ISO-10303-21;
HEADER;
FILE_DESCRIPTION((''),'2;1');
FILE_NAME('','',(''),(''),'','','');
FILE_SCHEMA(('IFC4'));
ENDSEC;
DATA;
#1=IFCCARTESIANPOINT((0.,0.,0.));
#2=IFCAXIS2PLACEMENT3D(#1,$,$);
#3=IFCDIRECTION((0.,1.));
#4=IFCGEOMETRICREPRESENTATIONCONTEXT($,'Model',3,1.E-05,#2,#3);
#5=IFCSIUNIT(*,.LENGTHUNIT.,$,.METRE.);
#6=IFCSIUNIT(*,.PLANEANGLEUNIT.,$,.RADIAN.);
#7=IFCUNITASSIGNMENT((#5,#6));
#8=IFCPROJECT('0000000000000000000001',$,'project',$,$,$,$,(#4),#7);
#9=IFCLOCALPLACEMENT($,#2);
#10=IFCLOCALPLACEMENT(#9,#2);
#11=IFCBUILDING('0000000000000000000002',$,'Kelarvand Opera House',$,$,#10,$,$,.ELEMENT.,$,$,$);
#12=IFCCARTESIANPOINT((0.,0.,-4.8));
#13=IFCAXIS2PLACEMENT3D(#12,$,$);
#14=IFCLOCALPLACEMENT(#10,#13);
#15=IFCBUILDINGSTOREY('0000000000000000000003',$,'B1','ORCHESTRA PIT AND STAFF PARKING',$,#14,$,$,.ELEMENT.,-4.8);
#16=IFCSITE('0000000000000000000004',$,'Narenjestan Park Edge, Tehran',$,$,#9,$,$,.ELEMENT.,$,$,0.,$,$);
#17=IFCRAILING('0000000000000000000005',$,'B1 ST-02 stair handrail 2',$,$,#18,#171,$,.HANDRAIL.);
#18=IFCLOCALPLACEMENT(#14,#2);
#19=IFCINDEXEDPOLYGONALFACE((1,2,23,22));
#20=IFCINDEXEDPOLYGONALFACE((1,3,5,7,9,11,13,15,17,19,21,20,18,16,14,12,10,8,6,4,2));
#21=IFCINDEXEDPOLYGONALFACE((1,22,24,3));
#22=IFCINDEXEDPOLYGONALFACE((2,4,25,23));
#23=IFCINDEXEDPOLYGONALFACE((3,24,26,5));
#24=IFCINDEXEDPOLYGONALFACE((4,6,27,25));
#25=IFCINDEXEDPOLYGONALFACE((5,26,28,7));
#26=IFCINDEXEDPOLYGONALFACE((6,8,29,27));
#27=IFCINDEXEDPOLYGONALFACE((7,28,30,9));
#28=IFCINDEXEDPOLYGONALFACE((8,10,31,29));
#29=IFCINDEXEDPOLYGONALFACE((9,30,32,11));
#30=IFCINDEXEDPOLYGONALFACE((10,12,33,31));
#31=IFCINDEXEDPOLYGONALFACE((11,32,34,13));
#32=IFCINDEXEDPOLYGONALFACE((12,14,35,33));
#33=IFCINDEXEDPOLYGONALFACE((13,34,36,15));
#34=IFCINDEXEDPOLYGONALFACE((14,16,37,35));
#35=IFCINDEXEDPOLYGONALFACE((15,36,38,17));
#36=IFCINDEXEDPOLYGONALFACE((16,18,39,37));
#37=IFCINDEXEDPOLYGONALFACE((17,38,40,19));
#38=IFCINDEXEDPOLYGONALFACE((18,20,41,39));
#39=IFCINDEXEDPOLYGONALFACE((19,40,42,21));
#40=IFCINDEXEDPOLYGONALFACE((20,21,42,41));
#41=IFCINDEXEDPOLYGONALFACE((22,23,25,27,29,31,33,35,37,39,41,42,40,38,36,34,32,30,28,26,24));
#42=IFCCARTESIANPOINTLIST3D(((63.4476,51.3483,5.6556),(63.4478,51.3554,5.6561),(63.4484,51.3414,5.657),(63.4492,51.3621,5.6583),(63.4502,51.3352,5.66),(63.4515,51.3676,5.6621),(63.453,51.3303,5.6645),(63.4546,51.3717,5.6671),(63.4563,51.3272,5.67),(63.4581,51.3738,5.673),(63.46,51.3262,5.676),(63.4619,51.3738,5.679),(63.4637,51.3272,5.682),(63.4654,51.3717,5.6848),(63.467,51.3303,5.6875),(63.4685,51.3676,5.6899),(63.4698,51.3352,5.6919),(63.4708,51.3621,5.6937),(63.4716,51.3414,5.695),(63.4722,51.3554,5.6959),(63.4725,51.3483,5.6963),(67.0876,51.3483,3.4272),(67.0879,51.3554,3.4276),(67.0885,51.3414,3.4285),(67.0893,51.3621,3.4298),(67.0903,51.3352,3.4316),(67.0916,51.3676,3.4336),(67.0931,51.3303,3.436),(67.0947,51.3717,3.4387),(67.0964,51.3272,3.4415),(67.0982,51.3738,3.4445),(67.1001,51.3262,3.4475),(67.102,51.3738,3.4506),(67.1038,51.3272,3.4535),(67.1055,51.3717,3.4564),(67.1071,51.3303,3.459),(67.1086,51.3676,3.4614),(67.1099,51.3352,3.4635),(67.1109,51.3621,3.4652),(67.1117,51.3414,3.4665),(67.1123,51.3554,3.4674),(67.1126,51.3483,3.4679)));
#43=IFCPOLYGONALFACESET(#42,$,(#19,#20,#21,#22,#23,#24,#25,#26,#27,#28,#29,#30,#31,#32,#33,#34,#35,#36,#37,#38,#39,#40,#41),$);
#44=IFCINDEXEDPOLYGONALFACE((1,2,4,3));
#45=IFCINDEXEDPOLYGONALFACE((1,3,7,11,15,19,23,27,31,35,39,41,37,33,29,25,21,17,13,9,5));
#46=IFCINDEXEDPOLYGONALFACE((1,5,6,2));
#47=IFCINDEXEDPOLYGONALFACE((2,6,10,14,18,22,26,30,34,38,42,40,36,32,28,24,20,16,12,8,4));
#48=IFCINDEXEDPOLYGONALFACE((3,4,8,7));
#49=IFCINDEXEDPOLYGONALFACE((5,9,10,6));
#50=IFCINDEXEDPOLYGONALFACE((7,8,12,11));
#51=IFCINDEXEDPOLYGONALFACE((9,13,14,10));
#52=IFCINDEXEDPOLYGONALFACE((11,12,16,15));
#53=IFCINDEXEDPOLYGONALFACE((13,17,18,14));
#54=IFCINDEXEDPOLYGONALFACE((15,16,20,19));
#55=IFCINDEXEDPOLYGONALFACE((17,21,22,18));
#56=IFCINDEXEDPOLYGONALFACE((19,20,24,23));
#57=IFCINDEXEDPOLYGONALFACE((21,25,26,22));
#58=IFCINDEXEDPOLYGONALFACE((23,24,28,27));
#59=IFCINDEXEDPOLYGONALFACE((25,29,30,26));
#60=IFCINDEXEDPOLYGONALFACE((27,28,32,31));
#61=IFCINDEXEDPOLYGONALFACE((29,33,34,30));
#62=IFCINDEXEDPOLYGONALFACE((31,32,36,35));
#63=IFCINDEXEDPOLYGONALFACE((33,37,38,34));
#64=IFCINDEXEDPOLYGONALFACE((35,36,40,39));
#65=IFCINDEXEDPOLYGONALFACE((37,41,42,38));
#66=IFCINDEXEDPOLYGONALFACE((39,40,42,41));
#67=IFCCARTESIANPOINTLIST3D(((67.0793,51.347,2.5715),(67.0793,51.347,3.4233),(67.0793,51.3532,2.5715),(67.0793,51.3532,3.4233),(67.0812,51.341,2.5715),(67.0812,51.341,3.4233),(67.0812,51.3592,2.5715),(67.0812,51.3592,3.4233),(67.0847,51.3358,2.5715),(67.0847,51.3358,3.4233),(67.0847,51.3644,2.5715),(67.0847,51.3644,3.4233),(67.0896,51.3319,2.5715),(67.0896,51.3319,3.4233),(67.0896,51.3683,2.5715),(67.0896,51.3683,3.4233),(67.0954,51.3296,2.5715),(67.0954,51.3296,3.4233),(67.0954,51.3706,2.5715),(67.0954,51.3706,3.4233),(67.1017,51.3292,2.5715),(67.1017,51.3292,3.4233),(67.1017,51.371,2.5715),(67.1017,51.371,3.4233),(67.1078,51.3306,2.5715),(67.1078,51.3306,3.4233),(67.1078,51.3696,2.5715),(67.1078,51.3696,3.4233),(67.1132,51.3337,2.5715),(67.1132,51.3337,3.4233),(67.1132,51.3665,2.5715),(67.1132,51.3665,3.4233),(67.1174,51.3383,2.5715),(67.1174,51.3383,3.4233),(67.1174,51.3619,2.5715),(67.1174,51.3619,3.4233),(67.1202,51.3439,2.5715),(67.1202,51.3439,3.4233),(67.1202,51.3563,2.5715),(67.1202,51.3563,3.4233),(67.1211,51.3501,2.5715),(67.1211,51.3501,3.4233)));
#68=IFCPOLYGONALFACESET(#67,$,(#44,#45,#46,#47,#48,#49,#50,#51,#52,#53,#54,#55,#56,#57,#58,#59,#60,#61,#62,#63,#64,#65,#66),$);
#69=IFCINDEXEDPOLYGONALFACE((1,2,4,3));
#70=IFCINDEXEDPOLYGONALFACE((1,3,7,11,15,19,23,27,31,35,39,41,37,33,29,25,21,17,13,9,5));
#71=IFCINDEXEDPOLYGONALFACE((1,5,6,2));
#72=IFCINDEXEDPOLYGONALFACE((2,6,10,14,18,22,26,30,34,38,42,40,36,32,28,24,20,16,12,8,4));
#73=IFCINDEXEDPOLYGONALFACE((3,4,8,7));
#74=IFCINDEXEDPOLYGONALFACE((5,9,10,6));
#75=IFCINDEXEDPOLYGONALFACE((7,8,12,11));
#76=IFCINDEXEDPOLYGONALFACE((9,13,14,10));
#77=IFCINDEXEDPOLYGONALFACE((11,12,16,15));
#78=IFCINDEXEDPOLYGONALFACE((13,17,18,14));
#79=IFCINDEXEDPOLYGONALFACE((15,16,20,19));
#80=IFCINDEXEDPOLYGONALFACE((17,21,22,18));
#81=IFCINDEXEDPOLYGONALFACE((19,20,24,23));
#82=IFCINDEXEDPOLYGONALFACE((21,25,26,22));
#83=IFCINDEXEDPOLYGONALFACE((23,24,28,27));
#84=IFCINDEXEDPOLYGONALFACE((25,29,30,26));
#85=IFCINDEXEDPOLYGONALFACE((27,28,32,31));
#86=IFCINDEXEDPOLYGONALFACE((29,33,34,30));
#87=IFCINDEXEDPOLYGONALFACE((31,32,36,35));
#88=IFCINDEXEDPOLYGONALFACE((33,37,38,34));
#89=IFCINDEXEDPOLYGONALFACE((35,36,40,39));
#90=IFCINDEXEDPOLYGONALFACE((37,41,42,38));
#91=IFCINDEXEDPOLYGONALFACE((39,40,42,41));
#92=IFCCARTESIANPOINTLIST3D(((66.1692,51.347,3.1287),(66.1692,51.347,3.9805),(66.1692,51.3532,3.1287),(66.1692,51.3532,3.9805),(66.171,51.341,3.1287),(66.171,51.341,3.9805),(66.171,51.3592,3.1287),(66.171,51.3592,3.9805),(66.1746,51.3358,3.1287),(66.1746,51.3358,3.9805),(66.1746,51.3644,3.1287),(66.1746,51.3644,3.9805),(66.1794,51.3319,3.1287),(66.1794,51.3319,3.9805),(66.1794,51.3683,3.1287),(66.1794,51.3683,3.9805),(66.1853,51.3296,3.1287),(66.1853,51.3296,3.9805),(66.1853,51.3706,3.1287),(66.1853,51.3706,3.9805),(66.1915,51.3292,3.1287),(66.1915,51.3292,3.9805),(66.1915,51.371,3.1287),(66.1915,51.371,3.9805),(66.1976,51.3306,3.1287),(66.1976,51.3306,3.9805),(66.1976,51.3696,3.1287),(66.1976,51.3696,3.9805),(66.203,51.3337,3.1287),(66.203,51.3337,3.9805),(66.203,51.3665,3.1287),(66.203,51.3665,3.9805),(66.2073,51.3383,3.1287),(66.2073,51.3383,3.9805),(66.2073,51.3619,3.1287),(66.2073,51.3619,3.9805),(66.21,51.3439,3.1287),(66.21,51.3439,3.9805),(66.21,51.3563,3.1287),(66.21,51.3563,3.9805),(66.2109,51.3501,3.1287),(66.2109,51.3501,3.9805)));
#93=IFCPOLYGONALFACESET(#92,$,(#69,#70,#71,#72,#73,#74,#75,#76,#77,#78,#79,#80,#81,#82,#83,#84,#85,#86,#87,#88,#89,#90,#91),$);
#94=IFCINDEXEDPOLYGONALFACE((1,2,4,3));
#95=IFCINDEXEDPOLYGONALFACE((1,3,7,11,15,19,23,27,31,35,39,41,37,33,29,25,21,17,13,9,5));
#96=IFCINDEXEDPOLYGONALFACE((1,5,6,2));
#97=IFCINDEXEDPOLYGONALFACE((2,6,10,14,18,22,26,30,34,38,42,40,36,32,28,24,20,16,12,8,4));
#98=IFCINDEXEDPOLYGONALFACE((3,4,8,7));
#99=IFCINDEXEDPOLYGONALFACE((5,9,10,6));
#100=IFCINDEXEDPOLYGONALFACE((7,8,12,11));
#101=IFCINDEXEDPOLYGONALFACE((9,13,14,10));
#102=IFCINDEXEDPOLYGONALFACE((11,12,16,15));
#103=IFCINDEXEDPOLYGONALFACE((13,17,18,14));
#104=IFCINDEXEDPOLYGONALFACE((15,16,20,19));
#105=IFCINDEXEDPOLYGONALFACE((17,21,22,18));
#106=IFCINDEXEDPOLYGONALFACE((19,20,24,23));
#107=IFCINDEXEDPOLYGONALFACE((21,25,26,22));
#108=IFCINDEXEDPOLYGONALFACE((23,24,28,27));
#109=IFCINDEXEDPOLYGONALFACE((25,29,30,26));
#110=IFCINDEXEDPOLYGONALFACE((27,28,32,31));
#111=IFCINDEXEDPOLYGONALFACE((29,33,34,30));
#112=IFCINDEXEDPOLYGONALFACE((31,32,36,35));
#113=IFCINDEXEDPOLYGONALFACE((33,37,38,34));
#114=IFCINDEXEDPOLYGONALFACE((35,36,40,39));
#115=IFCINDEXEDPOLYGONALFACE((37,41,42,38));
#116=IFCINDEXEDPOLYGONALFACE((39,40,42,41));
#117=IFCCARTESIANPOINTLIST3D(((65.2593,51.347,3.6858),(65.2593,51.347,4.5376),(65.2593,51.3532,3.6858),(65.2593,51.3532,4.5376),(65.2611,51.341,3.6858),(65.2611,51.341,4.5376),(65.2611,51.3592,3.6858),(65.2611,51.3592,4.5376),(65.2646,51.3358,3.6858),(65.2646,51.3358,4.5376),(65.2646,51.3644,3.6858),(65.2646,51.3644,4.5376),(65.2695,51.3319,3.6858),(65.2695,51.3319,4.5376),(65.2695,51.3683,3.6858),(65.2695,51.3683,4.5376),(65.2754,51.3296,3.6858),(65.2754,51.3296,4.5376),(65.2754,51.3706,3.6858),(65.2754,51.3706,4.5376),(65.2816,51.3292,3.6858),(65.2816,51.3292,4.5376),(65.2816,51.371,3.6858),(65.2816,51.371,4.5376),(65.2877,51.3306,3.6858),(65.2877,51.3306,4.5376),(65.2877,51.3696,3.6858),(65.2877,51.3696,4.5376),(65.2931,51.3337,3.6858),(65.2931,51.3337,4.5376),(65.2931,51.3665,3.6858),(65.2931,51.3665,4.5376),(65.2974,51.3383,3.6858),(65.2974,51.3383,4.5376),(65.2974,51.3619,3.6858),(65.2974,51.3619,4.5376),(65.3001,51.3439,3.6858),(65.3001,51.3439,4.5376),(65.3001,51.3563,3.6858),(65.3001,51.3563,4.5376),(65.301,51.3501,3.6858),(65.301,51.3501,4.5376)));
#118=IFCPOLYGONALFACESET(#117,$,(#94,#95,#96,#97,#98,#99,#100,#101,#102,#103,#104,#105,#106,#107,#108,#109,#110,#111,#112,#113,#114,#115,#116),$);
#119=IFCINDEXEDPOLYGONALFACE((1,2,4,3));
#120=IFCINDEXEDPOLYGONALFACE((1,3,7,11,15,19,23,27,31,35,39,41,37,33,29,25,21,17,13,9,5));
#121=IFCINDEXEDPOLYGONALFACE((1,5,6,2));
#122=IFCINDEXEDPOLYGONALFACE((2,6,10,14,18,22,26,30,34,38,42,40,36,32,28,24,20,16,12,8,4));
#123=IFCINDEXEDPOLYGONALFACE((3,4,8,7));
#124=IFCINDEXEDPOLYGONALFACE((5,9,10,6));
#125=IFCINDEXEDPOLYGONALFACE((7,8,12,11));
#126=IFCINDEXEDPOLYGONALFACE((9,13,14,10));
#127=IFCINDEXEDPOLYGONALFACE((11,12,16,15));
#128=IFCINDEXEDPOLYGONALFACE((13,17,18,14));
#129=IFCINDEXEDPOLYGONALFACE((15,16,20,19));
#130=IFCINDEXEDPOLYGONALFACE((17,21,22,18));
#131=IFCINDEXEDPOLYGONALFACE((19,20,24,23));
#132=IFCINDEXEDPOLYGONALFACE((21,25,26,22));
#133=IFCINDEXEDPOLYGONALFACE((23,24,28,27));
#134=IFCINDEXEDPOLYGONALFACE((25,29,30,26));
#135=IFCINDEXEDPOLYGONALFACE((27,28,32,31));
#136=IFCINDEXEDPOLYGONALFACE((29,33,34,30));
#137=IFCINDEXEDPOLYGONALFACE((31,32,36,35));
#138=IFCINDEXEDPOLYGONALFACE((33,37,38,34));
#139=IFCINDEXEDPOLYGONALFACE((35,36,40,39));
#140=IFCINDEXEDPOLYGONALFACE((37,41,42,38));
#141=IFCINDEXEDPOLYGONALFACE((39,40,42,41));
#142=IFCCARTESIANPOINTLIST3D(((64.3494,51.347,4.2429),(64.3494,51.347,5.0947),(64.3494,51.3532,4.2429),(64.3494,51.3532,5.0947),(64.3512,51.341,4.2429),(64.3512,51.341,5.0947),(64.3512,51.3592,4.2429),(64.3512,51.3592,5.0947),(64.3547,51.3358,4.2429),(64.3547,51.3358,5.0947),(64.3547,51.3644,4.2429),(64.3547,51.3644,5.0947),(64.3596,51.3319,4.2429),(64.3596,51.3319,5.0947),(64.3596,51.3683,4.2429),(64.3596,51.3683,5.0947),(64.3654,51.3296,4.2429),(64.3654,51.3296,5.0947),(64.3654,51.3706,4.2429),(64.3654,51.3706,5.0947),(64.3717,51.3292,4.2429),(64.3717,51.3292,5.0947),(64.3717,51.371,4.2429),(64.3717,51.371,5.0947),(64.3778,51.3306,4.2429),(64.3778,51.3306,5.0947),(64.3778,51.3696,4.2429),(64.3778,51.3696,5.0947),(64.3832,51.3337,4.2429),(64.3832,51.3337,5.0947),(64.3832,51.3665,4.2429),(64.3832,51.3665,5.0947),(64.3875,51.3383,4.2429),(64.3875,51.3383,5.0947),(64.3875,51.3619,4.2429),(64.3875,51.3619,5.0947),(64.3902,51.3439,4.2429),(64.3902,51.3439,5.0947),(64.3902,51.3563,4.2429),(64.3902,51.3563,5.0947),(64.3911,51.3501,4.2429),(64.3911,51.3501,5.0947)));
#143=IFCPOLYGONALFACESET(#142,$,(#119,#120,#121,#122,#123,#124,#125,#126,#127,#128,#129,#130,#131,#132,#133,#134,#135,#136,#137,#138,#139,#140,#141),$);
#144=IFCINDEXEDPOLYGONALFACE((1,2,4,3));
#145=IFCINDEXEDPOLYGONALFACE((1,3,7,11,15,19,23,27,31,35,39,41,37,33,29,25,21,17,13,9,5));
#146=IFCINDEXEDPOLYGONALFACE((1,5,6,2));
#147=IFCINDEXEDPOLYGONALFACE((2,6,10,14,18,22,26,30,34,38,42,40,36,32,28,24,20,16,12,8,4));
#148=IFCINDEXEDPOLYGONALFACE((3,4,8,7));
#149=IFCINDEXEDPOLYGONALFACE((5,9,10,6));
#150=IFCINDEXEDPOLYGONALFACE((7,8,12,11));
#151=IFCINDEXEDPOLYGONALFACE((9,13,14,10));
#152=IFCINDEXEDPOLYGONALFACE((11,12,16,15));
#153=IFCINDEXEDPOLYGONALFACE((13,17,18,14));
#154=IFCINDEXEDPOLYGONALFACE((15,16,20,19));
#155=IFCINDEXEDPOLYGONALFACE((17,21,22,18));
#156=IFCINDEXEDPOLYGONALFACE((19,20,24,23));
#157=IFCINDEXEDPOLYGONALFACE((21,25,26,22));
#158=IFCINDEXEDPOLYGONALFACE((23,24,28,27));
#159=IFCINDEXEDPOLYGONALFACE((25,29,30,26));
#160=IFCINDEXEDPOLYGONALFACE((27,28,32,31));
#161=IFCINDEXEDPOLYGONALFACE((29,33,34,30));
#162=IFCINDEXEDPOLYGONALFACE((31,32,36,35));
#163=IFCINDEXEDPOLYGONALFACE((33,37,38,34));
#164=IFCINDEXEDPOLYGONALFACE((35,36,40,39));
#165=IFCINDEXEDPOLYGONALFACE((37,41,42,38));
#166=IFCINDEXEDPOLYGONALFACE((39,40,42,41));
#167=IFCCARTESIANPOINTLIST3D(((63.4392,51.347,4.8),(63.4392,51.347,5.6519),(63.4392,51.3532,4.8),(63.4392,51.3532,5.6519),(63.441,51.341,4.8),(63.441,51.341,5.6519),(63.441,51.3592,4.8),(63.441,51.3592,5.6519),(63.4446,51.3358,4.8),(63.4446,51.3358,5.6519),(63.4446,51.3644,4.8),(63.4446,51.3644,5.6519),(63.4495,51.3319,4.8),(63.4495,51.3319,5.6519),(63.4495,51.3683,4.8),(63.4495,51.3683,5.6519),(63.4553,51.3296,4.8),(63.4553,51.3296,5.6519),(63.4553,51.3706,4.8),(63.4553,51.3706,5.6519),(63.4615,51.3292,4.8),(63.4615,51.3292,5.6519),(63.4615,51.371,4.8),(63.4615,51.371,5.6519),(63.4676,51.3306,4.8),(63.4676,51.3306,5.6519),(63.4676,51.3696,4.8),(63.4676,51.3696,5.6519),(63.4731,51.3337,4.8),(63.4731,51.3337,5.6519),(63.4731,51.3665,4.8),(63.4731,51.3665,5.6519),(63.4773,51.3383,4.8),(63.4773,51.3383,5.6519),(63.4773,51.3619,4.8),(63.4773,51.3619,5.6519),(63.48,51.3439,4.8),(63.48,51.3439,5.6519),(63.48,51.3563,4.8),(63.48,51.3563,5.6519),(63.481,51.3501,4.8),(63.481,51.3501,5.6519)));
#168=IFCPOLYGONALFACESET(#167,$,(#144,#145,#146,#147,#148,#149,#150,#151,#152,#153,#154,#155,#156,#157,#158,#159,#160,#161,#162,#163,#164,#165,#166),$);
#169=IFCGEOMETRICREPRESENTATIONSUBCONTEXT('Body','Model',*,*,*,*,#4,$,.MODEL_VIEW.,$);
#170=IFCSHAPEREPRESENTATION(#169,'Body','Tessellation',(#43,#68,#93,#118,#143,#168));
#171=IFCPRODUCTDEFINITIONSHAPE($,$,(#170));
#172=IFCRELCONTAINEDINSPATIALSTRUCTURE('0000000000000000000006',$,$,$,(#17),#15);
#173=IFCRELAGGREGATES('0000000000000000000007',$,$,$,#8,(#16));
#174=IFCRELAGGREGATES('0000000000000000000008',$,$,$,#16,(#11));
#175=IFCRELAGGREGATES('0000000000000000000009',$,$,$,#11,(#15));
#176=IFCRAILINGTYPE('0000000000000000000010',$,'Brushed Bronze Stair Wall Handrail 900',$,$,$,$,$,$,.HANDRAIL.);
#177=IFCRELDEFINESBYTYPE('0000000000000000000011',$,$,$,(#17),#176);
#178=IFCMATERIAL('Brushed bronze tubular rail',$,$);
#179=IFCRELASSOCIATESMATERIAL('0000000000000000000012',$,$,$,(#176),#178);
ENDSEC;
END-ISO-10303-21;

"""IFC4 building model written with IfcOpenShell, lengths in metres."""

from ifc_helpers import new_model, si_unit, direction, frame, origin, origin_2d, place, context, subcontext, project, spatial, circle, extrude, material, type_object, element, save


model = new_model("IFC4")

# Units and contexts
model_context = context("Model", 3, precision=1e-05, world=origin(), true_north=direction((0.0, 1.0)))
body_context = subcontext(model_context, "Body", "Model", "MODEL_VIEW")
ifc_project = project(units=[si_unit("LENGTHUNIT", "METRE"), si_unit("PLANEANGLEUNIT", "RADIAN")], contexts=[model_context])

# Site, building, storey
site_placement = place(None, origin())
site = spatial("IfcSite", under=ifc_project, at=site_placement, Name="Narenjestan Park Edge, Tehran", CompositionType="ELEMENT", RefElevation=0.0)
building_placement = place(site_placement, origin())
building = spatial("IfcBuilding", under=site, at=building_placement, Name="Kelarvand Opera House", CompositionType="ELEMENT")
storey_placement = place(building_placement, frame((0.0, 0.0, -4.8)))
storey = spatial("IfcBuildingStorey", under=building, at=storey_placement, Name="B1", Description="ORCHESTRA PIT AND STAFF PARKING", CompositionType="ELEMENT", Elevation=-4.8)

# Railing
ifc_material_1 = material(Name="Brushed bronze tubular rail")
railing_type_1 = type_object("IfcRailingType", Name="Brushed Bronze Stair Wall Handrail 900", PredefinedType="HANDRAIL", material=ifc_material_1)
railing_1_placement = place(storey_placement, frame((67.1001, 51.3501, 2.5715)))
element("IfcRailing", 1, at=railing_1_placement, inside=storey, type_object=railing_type_1, Name="B1 ST-02 stair handrail 2", PredefinedType="HANDRAIL", context=body_context, shape_type="SweptSolid", body=[
    extrude(circle(Radius=0.0239, at=origin_2d()), frame((0.0, 0.0, 0.876), z_axis=(-0.852866, 0.0, 0.52213), x_axis=(0.0, -1.0, 0.0)), (0.0, 0.0, 1.0), 4.2681),
    extrude(circle(Radius=0.021, at=origin_2d()), origin(), (0.0, 0.0, 1.0), 0.8518),
    extrude(circle(Radius=0.021, at=origin_2d()), frame((-0.9102, 0.0, 0.5571)), (0.0, 0.0, 1.0), 0.8518),
    extrude(circle(Radius=0.021, at=origin_2d()), frame((-1.8201, 0.0, 1.1143)), (0.0, 0.0, 1.0), 0.8518),
    extrude(circle(Radius=0.021, at=origin_2d()), frame((-2.73, 0.0, 1.6714)), (0.0, 0.0, 1.0), 0.8518),
    extrude(circle(Radius=0.021, at=origin_2d()), frame((-3.6401, 0.0, 2.2285)), (0.0, 0.0, 1.0), 0.8518),
])

save(model, "model.ifc")
